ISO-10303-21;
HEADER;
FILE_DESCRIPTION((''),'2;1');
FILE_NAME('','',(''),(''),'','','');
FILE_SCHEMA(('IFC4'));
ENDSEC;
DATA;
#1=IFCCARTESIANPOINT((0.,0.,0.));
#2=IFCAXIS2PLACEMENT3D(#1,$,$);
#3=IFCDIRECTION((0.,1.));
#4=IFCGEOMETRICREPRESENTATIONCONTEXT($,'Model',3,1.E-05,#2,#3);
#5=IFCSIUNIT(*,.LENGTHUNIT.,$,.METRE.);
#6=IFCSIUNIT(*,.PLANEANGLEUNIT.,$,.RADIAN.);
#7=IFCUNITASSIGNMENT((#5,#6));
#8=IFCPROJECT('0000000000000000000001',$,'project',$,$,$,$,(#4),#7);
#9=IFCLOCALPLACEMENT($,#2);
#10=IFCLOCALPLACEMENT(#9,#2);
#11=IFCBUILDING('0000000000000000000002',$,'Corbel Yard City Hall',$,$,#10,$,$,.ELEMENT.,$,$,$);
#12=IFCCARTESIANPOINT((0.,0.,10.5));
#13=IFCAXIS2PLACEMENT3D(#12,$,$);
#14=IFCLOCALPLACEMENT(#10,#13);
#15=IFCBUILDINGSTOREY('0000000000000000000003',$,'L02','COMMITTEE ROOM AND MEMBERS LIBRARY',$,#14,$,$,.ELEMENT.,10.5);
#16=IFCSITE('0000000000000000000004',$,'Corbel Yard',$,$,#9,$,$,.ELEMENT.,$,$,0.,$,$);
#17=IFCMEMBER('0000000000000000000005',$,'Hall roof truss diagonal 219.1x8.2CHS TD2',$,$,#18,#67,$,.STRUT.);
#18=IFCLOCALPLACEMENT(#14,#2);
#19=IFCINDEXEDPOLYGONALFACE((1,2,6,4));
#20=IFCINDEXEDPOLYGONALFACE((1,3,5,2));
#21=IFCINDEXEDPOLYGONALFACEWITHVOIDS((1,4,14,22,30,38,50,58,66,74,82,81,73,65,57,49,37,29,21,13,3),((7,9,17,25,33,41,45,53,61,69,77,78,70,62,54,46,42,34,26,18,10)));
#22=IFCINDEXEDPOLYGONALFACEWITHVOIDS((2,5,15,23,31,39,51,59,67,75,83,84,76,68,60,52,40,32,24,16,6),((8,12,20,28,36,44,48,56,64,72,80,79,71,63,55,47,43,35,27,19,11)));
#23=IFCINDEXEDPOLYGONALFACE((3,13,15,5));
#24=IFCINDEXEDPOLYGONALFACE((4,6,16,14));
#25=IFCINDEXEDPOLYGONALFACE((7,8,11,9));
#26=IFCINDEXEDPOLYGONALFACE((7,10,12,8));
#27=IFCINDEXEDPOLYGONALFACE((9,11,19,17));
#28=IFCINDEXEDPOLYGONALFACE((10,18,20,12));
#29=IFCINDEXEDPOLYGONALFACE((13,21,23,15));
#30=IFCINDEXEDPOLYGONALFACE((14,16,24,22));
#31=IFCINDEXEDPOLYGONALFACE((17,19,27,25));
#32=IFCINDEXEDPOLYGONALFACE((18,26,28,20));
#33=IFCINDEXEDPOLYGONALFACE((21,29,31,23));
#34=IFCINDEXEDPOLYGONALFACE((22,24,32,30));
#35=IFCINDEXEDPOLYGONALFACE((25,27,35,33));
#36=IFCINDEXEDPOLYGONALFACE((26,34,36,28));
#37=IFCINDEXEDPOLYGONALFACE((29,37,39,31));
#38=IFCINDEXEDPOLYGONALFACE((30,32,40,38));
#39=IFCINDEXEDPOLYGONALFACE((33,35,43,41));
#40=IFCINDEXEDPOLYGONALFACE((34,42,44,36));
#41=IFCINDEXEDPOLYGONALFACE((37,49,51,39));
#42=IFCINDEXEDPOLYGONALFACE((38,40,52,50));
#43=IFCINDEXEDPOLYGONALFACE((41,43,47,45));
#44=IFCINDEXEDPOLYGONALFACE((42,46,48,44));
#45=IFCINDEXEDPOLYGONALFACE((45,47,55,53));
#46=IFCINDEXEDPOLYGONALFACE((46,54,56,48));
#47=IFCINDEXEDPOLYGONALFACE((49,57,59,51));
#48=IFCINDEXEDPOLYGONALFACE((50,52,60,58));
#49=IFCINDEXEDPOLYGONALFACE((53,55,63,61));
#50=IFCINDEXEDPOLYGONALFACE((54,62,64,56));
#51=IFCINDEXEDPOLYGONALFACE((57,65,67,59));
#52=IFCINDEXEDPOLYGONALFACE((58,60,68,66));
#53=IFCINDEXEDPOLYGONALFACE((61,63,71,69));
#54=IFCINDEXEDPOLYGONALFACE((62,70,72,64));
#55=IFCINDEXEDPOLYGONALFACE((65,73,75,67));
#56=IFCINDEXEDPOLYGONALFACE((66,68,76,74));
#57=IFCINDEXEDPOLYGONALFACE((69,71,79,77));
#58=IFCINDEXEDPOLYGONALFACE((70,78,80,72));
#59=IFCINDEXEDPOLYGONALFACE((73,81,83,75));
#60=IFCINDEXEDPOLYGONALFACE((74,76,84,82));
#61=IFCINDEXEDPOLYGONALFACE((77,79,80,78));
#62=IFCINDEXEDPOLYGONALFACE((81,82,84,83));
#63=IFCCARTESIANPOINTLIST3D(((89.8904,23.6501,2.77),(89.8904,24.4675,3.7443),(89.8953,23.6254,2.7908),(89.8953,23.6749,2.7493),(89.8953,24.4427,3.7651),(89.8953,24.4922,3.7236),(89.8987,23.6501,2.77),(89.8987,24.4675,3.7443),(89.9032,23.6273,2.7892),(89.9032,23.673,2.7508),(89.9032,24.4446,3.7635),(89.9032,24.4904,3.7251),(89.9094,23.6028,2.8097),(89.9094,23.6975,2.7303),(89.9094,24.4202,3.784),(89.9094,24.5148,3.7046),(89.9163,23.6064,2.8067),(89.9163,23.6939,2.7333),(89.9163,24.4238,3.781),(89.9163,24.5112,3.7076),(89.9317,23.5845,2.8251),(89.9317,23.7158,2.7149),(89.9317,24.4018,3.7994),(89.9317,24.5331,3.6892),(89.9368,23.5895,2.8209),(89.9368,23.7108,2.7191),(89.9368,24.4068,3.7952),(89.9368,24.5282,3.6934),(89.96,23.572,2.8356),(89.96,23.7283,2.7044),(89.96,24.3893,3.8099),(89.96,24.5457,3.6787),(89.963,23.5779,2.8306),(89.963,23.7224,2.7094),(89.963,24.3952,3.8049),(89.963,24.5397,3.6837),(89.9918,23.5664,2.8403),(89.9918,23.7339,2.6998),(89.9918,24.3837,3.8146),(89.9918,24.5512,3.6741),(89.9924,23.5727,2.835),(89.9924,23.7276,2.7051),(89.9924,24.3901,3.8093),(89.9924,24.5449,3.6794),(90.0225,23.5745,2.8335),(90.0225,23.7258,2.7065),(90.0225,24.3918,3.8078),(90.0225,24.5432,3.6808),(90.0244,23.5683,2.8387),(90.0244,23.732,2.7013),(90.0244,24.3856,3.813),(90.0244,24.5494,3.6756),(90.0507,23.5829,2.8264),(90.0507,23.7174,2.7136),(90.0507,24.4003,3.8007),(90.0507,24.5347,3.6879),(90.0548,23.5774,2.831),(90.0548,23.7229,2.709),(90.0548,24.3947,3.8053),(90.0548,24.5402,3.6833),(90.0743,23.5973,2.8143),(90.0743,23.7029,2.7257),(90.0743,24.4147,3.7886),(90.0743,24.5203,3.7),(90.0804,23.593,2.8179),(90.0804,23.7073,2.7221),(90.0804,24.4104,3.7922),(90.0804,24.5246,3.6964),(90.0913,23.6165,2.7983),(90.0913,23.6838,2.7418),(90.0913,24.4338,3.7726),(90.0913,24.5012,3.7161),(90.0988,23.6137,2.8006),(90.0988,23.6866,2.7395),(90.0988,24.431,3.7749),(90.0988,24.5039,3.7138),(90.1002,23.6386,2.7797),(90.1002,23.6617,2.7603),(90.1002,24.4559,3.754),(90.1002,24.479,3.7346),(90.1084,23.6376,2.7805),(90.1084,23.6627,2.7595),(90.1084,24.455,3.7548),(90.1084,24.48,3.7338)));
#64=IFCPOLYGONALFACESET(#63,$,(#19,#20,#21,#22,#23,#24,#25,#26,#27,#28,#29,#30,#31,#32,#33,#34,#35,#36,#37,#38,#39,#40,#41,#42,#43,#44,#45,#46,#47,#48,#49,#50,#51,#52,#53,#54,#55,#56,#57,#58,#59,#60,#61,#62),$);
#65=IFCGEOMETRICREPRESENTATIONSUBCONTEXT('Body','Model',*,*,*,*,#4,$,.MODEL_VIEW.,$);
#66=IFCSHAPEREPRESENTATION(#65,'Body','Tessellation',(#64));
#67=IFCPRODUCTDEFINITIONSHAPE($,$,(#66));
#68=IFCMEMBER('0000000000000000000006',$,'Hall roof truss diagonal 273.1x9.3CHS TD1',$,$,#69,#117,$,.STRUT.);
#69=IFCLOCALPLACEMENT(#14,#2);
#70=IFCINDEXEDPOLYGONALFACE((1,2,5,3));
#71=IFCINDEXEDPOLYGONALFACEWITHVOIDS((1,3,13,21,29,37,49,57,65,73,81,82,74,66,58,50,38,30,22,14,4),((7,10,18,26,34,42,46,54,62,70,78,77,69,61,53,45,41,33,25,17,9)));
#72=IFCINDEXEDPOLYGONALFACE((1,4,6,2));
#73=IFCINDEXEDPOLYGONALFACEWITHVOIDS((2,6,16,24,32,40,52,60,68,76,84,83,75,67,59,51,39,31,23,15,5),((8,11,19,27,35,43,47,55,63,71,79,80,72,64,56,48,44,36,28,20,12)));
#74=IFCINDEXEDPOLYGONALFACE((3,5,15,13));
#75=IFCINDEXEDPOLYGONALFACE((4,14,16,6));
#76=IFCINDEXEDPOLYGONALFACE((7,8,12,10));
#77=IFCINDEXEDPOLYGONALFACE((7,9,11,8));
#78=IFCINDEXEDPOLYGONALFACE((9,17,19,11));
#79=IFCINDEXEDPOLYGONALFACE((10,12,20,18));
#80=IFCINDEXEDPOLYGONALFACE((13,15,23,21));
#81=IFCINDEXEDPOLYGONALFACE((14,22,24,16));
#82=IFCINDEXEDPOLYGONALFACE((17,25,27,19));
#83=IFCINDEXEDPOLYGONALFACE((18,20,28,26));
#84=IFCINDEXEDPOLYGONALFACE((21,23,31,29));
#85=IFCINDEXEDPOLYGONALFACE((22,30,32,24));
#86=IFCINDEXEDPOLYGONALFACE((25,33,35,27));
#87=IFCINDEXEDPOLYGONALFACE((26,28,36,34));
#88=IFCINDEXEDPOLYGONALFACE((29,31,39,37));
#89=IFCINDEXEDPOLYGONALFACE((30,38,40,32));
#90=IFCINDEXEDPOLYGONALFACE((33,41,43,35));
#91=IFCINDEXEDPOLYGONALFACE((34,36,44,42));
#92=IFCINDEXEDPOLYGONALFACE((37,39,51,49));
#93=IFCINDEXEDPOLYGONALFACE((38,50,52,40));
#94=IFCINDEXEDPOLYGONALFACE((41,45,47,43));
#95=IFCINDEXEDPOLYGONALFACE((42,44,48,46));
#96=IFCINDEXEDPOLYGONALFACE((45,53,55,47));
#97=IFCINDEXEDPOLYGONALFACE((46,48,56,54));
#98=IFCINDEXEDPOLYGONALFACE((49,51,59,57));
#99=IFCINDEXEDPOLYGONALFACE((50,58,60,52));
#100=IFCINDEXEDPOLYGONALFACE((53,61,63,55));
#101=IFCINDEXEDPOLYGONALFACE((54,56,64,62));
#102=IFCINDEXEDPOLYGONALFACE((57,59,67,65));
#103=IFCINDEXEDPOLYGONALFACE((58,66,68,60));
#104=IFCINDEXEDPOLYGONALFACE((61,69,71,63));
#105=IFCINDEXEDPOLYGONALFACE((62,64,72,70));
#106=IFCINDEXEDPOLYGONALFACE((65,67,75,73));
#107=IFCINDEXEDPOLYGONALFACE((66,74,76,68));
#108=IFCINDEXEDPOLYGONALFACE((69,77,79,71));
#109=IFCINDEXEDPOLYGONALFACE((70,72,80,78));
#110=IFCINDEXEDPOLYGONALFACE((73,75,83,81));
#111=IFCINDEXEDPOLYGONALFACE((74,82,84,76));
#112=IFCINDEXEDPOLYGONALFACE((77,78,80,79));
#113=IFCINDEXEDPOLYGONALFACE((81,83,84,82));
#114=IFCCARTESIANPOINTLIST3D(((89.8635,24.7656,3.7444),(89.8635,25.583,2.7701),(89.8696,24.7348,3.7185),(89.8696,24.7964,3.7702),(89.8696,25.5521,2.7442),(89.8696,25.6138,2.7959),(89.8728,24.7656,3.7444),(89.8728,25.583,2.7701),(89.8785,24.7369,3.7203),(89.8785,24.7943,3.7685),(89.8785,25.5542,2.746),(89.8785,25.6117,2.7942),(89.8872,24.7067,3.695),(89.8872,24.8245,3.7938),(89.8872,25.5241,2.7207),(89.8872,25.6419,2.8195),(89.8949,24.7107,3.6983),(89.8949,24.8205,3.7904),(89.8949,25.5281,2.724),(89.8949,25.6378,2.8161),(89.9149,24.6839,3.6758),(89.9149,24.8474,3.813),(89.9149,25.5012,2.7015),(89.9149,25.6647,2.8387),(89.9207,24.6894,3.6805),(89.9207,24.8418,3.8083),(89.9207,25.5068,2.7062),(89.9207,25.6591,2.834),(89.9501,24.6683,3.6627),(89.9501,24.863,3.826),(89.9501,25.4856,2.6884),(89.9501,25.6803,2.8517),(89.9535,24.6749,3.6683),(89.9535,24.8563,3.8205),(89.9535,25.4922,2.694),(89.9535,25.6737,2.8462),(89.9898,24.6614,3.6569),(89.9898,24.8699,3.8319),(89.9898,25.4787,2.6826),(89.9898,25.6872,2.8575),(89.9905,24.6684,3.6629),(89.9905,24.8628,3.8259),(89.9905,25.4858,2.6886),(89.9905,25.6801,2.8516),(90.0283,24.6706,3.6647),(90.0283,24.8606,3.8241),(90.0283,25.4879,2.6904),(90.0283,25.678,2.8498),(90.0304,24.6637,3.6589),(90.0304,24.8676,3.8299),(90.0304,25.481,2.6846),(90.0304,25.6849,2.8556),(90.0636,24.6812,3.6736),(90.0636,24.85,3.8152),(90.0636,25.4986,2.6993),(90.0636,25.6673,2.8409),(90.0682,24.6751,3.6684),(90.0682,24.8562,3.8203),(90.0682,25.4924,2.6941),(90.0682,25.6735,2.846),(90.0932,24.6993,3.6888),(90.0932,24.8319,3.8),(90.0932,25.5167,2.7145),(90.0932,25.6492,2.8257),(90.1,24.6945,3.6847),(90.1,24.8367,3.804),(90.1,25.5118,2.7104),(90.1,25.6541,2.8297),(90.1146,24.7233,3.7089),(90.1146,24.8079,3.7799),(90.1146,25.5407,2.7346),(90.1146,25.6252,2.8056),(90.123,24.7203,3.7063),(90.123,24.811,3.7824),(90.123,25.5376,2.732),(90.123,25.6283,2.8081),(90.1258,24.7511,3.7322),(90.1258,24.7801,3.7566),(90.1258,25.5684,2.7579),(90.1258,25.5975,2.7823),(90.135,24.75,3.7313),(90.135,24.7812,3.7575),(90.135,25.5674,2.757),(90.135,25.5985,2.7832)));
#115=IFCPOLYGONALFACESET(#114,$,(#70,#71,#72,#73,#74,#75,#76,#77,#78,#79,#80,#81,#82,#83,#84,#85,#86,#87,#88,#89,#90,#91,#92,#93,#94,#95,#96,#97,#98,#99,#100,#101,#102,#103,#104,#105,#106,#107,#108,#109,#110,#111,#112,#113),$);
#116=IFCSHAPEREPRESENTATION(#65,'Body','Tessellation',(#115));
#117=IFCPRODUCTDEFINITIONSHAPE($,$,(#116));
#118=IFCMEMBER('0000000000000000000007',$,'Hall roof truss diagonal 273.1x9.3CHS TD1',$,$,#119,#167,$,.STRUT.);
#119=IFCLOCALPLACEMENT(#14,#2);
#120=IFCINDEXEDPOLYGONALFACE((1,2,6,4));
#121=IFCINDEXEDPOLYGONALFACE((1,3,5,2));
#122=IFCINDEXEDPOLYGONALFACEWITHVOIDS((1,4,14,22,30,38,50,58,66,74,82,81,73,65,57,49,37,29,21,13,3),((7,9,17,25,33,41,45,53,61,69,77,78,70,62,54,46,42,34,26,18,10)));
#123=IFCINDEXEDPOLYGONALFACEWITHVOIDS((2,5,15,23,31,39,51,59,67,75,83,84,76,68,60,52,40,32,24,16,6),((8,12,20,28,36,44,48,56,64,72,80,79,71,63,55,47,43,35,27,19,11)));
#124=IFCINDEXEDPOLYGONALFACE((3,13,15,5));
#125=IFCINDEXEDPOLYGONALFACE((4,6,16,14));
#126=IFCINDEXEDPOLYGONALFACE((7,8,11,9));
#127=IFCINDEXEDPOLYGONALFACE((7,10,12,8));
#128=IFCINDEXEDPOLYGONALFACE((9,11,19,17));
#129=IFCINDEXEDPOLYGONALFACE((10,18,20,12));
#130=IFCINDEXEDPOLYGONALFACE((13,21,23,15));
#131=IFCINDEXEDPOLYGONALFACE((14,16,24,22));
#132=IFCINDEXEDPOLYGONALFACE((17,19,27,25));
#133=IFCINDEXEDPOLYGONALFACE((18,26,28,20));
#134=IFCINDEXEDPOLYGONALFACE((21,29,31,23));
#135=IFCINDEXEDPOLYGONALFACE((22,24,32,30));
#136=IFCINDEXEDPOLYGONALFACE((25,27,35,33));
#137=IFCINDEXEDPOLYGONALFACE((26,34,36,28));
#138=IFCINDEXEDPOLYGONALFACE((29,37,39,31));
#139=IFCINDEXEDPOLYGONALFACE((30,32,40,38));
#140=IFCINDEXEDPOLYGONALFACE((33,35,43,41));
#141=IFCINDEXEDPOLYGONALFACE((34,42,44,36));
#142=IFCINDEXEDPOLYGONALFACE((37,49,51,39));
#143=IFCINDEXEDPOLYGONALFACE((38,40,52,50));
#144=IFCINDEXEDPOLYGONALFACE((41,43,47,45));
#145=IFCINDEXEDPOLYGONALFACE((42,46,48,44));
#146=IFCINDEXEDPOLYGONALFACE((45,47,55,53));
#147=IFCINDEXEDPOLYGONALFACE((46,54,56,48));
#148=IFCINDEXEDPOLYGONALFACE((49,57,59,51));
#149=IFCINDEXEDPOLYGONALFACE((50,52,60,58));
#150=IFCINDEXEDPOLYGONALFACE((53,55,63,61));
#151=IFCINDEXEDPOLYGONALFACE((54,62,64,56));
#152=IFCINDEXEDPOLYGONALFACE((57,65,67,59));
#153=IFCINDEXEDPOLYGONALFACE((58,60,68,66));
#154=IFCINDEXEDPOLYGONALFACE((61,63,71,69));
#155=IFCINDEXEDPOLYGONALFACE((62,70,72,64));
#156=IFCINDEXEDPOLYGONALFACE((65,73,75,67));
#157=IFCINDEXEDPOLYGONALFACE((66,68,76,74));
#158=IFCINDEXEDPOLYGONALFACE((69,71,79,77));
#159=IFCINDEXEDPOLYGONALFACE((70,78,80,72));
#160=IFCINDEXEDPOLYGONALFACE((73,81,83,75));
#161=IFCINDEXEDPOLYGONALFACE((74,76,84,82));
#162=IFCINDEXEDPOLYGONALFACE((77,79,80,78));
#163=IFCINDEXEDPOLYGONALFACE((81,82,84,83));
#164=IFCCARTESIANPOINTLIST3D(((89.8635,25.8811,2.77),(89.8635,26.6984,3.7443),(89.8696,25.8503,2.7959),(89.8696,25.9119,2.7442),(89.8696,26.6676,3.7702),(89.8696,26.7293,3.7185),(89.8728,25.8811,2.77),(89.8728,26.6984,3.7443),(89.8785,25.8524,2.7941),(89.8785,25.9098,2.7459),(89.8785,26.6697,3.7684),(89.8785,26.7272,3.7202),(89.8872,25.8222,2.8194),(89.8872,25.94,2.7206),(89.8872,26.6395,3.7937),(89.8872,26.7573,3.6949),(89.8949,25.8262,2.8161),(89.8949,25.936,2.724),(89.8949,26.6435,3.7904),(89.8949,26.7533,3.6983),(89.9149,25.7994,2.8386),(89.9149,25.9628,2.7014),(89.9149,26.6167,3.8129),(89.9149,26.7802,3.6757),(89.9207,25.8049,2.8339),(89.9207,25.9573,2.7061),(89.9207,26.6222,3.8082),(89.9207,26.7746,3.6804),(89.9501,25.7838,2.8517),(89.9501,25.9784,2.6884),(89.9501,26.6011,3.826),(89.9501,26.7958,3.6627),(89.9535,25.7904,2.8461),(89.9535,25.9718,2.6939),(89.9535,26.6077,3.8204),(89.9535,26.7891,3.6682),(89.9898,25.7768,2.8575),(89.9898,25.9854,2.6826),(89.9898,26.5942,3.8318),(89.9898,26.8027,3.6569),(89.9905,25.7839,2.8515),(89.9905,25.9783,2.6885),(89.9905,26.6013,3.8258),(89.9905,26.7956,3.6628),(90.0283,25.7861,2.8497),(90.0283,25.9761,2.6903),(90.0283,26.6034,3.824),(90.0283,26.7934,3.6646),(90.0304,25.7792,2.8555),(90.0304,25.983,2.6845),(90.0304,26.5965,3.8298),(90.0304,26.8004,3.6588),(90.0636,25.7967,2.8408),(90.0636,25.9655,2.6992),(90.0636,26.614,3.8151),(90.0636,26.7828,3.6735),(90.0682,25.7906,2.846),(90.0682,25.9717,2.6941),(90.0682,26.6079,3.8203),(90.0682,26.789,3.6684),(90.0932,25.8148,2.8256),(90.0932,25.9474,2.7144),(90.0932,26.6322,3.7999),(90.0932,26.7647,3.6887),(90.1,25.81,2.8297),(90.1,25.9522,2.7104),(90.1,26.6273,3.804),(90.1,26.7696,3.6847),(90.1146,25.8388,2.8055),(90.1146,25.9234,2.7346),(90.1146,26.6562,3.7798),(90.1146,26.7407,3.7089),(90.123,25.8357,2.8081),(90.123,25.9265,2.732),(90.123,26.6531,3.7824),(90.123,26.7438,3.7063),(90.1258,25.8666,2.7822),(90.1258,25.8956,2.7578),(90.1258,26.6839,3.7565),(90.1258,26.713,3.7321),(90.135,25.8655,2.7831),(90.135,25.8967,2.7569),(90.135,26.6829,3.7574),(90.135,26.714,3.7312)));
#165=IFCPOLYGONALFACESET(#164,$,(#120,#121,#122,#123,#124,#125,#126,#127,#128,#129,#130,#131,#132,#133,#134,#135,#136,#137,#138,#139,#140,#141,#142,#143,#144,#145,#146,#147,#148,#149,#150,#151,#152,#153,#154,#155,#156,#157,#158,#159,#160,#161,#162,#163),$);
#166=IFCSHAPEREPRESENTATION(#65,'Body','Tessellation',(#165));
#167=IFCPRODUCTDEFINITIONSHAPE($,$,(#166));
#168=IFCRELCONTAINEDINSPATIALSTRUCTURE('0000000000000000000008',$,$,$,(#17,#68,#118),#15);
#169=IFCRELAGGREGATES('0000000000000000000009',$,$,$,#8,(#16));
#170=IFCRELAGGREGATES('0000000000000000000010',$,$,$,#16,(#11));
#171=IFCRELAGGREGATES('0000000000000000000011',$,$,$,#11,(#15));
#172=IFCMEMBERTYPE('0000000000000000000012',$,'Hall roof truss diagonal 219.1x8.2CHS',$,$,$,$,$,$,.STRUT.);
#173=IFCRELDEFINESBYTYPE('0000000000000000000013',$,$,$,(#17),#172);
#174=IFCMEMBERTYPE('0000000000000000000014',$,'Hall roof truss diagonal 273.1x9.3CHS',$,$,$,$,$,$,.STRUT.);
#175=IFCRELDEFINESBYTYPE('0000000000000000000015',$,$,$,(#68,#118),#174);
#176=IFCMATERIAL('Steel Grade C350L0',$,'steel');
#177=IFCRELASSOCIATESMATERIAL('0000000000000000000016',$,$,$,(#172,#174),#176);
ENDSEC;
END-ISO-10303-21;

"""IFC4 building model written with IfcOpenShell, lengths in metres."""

from ifc_helpers import new_model, si_unit, direction, frame, origin, origin_2d, place, context, subcontext, project, spatial, hollow_circle, extrude, material, material_profile, profile_set, type_object, element, save


model = new_model("IFC4")

# Units and contexts
model_context = context("Model", 3, precision=1e-05, world=origin(), true_north=direction((0.0, 1.0)))
body_context = subcontext(model_context, "Body", "Model", "MODEL_VIEW")
ifc_project = project(units=[si_unit("LENGTHUNIT", "METRE"), si_unit("PLANEANGLEUNIT", "RADIAN")], contexts=[model_context])

# Site, building, storey
site_placement = place(None, origin())
site = spatial("IfcSite", under=ifc_project, at=site_placement, Name="Corbel Yard", CompositionType="ELEMENT", RefElevation=0.0)
building_placement = place(site_placement, origin())
building = spatial("IfcBuilding", under=site, at=building_placement, Name="Corbel Yard City Hall", CompositionType="ELEMENT")
storey_placement = place(building_placement, frame((0.0, 0.0, 10.5)))
storey = spatial("IfcBuildingStorey", under=building, at=storey_placement, Name="L02", Description="COMMITTEE ROOM AND MEMBERS LIBRARY", CompositionType="ELEMENT", Elevation=10.5)

# Members
ifc_material_1 = material(Name="Steel Grade C350L0", Category="steel")
ifc_material_profile_1 = material_profile(ifc_material_1, hollow_circle(Radius=0.1096, WallThickness=0.0083, at=origin_2d()), Name="219.1x8.2CHS")
ifc_profile_set_1 = profile_set([ifc_material_profile_1], Name="Steel Grade C350L0")
member_type_1 = type_object("IfcMemberType", Name="Hall roof truss diagonal 219.1x8.2CHS", PredefinedType="STRUT", material=ifc_profile_set_1)
for number, where, z_axis, x_axis, name in (
    (1, (90.0, 23.6501, 2.77), (0.0, 0.642692, 0.766124), (-1.0, 0.0, 0.0), "Hall roof truss diagonal 219.1x8.2CHS TD2"),
):
    element("IfcMember", number, at=place(storey_placement, frame(where, z_axis=z_axis, x_axis=x_axis)), inside=storey, type_object=member_type_1, Name=name, PredefinedType="STRUT", context=body_context, shape_type="SweptSolid", body=[
        extrude(hollow_circle(Radius=0.1096, WallThickness=0.0083, at=origin_2d()), origin(), (0.0, 0.0, 1.0), 1.2717),
    ])
ifc_material_profile_2 = material_profile(ifc_material_1, hollow_circle(Radius=0.1365, WallThickness=0.0093, at=origin_2d()), Name="273.1x9.3CHS")
ifc_profile_set_2 = profile_set([ifc_material_profile_2], Name="Steel Grade C350L0")
member_type_2 = type_object("IfcMemberType", Name="Hall roof truss diagonal 273.1x9.3CHS", PredefinedType="STRUT", material=ifc_profile_set_2)
for number, where, z_axis, x_axis, name in (
    (2, (90.0, 24.7656, 3.7444), (0.0, 0.642692, -0.766124), (-1.0, 0.0, 0.0), "Hall roof truss diagonal 273.1x9.3CHS TD1"),
    (3, (90.0, 25.8811, 2.77), (0.0, 0.642692, 0.766124), (-1.0, 0.0, 0.0), "Hall roof truss diagonal 273.1x9.3CHS TD1"),
):
    element("IfcMember", number, at=place(storey_placement, frame(where, z_axis=z_axis, x_axis=x_axis)), inside=storey, type_object=member_type_2, Name=name, PredefinedType="STRUT", context=body_context, shape_type="SweptSolid", body=[
        extrude(hollow_circle(Radius=0.1365, WallThickness=0.0093, at=origin_2d()), origin(), (0.0, 0.0, 1.0), 1.2717),
    ])

save(model, "model.ifc")
